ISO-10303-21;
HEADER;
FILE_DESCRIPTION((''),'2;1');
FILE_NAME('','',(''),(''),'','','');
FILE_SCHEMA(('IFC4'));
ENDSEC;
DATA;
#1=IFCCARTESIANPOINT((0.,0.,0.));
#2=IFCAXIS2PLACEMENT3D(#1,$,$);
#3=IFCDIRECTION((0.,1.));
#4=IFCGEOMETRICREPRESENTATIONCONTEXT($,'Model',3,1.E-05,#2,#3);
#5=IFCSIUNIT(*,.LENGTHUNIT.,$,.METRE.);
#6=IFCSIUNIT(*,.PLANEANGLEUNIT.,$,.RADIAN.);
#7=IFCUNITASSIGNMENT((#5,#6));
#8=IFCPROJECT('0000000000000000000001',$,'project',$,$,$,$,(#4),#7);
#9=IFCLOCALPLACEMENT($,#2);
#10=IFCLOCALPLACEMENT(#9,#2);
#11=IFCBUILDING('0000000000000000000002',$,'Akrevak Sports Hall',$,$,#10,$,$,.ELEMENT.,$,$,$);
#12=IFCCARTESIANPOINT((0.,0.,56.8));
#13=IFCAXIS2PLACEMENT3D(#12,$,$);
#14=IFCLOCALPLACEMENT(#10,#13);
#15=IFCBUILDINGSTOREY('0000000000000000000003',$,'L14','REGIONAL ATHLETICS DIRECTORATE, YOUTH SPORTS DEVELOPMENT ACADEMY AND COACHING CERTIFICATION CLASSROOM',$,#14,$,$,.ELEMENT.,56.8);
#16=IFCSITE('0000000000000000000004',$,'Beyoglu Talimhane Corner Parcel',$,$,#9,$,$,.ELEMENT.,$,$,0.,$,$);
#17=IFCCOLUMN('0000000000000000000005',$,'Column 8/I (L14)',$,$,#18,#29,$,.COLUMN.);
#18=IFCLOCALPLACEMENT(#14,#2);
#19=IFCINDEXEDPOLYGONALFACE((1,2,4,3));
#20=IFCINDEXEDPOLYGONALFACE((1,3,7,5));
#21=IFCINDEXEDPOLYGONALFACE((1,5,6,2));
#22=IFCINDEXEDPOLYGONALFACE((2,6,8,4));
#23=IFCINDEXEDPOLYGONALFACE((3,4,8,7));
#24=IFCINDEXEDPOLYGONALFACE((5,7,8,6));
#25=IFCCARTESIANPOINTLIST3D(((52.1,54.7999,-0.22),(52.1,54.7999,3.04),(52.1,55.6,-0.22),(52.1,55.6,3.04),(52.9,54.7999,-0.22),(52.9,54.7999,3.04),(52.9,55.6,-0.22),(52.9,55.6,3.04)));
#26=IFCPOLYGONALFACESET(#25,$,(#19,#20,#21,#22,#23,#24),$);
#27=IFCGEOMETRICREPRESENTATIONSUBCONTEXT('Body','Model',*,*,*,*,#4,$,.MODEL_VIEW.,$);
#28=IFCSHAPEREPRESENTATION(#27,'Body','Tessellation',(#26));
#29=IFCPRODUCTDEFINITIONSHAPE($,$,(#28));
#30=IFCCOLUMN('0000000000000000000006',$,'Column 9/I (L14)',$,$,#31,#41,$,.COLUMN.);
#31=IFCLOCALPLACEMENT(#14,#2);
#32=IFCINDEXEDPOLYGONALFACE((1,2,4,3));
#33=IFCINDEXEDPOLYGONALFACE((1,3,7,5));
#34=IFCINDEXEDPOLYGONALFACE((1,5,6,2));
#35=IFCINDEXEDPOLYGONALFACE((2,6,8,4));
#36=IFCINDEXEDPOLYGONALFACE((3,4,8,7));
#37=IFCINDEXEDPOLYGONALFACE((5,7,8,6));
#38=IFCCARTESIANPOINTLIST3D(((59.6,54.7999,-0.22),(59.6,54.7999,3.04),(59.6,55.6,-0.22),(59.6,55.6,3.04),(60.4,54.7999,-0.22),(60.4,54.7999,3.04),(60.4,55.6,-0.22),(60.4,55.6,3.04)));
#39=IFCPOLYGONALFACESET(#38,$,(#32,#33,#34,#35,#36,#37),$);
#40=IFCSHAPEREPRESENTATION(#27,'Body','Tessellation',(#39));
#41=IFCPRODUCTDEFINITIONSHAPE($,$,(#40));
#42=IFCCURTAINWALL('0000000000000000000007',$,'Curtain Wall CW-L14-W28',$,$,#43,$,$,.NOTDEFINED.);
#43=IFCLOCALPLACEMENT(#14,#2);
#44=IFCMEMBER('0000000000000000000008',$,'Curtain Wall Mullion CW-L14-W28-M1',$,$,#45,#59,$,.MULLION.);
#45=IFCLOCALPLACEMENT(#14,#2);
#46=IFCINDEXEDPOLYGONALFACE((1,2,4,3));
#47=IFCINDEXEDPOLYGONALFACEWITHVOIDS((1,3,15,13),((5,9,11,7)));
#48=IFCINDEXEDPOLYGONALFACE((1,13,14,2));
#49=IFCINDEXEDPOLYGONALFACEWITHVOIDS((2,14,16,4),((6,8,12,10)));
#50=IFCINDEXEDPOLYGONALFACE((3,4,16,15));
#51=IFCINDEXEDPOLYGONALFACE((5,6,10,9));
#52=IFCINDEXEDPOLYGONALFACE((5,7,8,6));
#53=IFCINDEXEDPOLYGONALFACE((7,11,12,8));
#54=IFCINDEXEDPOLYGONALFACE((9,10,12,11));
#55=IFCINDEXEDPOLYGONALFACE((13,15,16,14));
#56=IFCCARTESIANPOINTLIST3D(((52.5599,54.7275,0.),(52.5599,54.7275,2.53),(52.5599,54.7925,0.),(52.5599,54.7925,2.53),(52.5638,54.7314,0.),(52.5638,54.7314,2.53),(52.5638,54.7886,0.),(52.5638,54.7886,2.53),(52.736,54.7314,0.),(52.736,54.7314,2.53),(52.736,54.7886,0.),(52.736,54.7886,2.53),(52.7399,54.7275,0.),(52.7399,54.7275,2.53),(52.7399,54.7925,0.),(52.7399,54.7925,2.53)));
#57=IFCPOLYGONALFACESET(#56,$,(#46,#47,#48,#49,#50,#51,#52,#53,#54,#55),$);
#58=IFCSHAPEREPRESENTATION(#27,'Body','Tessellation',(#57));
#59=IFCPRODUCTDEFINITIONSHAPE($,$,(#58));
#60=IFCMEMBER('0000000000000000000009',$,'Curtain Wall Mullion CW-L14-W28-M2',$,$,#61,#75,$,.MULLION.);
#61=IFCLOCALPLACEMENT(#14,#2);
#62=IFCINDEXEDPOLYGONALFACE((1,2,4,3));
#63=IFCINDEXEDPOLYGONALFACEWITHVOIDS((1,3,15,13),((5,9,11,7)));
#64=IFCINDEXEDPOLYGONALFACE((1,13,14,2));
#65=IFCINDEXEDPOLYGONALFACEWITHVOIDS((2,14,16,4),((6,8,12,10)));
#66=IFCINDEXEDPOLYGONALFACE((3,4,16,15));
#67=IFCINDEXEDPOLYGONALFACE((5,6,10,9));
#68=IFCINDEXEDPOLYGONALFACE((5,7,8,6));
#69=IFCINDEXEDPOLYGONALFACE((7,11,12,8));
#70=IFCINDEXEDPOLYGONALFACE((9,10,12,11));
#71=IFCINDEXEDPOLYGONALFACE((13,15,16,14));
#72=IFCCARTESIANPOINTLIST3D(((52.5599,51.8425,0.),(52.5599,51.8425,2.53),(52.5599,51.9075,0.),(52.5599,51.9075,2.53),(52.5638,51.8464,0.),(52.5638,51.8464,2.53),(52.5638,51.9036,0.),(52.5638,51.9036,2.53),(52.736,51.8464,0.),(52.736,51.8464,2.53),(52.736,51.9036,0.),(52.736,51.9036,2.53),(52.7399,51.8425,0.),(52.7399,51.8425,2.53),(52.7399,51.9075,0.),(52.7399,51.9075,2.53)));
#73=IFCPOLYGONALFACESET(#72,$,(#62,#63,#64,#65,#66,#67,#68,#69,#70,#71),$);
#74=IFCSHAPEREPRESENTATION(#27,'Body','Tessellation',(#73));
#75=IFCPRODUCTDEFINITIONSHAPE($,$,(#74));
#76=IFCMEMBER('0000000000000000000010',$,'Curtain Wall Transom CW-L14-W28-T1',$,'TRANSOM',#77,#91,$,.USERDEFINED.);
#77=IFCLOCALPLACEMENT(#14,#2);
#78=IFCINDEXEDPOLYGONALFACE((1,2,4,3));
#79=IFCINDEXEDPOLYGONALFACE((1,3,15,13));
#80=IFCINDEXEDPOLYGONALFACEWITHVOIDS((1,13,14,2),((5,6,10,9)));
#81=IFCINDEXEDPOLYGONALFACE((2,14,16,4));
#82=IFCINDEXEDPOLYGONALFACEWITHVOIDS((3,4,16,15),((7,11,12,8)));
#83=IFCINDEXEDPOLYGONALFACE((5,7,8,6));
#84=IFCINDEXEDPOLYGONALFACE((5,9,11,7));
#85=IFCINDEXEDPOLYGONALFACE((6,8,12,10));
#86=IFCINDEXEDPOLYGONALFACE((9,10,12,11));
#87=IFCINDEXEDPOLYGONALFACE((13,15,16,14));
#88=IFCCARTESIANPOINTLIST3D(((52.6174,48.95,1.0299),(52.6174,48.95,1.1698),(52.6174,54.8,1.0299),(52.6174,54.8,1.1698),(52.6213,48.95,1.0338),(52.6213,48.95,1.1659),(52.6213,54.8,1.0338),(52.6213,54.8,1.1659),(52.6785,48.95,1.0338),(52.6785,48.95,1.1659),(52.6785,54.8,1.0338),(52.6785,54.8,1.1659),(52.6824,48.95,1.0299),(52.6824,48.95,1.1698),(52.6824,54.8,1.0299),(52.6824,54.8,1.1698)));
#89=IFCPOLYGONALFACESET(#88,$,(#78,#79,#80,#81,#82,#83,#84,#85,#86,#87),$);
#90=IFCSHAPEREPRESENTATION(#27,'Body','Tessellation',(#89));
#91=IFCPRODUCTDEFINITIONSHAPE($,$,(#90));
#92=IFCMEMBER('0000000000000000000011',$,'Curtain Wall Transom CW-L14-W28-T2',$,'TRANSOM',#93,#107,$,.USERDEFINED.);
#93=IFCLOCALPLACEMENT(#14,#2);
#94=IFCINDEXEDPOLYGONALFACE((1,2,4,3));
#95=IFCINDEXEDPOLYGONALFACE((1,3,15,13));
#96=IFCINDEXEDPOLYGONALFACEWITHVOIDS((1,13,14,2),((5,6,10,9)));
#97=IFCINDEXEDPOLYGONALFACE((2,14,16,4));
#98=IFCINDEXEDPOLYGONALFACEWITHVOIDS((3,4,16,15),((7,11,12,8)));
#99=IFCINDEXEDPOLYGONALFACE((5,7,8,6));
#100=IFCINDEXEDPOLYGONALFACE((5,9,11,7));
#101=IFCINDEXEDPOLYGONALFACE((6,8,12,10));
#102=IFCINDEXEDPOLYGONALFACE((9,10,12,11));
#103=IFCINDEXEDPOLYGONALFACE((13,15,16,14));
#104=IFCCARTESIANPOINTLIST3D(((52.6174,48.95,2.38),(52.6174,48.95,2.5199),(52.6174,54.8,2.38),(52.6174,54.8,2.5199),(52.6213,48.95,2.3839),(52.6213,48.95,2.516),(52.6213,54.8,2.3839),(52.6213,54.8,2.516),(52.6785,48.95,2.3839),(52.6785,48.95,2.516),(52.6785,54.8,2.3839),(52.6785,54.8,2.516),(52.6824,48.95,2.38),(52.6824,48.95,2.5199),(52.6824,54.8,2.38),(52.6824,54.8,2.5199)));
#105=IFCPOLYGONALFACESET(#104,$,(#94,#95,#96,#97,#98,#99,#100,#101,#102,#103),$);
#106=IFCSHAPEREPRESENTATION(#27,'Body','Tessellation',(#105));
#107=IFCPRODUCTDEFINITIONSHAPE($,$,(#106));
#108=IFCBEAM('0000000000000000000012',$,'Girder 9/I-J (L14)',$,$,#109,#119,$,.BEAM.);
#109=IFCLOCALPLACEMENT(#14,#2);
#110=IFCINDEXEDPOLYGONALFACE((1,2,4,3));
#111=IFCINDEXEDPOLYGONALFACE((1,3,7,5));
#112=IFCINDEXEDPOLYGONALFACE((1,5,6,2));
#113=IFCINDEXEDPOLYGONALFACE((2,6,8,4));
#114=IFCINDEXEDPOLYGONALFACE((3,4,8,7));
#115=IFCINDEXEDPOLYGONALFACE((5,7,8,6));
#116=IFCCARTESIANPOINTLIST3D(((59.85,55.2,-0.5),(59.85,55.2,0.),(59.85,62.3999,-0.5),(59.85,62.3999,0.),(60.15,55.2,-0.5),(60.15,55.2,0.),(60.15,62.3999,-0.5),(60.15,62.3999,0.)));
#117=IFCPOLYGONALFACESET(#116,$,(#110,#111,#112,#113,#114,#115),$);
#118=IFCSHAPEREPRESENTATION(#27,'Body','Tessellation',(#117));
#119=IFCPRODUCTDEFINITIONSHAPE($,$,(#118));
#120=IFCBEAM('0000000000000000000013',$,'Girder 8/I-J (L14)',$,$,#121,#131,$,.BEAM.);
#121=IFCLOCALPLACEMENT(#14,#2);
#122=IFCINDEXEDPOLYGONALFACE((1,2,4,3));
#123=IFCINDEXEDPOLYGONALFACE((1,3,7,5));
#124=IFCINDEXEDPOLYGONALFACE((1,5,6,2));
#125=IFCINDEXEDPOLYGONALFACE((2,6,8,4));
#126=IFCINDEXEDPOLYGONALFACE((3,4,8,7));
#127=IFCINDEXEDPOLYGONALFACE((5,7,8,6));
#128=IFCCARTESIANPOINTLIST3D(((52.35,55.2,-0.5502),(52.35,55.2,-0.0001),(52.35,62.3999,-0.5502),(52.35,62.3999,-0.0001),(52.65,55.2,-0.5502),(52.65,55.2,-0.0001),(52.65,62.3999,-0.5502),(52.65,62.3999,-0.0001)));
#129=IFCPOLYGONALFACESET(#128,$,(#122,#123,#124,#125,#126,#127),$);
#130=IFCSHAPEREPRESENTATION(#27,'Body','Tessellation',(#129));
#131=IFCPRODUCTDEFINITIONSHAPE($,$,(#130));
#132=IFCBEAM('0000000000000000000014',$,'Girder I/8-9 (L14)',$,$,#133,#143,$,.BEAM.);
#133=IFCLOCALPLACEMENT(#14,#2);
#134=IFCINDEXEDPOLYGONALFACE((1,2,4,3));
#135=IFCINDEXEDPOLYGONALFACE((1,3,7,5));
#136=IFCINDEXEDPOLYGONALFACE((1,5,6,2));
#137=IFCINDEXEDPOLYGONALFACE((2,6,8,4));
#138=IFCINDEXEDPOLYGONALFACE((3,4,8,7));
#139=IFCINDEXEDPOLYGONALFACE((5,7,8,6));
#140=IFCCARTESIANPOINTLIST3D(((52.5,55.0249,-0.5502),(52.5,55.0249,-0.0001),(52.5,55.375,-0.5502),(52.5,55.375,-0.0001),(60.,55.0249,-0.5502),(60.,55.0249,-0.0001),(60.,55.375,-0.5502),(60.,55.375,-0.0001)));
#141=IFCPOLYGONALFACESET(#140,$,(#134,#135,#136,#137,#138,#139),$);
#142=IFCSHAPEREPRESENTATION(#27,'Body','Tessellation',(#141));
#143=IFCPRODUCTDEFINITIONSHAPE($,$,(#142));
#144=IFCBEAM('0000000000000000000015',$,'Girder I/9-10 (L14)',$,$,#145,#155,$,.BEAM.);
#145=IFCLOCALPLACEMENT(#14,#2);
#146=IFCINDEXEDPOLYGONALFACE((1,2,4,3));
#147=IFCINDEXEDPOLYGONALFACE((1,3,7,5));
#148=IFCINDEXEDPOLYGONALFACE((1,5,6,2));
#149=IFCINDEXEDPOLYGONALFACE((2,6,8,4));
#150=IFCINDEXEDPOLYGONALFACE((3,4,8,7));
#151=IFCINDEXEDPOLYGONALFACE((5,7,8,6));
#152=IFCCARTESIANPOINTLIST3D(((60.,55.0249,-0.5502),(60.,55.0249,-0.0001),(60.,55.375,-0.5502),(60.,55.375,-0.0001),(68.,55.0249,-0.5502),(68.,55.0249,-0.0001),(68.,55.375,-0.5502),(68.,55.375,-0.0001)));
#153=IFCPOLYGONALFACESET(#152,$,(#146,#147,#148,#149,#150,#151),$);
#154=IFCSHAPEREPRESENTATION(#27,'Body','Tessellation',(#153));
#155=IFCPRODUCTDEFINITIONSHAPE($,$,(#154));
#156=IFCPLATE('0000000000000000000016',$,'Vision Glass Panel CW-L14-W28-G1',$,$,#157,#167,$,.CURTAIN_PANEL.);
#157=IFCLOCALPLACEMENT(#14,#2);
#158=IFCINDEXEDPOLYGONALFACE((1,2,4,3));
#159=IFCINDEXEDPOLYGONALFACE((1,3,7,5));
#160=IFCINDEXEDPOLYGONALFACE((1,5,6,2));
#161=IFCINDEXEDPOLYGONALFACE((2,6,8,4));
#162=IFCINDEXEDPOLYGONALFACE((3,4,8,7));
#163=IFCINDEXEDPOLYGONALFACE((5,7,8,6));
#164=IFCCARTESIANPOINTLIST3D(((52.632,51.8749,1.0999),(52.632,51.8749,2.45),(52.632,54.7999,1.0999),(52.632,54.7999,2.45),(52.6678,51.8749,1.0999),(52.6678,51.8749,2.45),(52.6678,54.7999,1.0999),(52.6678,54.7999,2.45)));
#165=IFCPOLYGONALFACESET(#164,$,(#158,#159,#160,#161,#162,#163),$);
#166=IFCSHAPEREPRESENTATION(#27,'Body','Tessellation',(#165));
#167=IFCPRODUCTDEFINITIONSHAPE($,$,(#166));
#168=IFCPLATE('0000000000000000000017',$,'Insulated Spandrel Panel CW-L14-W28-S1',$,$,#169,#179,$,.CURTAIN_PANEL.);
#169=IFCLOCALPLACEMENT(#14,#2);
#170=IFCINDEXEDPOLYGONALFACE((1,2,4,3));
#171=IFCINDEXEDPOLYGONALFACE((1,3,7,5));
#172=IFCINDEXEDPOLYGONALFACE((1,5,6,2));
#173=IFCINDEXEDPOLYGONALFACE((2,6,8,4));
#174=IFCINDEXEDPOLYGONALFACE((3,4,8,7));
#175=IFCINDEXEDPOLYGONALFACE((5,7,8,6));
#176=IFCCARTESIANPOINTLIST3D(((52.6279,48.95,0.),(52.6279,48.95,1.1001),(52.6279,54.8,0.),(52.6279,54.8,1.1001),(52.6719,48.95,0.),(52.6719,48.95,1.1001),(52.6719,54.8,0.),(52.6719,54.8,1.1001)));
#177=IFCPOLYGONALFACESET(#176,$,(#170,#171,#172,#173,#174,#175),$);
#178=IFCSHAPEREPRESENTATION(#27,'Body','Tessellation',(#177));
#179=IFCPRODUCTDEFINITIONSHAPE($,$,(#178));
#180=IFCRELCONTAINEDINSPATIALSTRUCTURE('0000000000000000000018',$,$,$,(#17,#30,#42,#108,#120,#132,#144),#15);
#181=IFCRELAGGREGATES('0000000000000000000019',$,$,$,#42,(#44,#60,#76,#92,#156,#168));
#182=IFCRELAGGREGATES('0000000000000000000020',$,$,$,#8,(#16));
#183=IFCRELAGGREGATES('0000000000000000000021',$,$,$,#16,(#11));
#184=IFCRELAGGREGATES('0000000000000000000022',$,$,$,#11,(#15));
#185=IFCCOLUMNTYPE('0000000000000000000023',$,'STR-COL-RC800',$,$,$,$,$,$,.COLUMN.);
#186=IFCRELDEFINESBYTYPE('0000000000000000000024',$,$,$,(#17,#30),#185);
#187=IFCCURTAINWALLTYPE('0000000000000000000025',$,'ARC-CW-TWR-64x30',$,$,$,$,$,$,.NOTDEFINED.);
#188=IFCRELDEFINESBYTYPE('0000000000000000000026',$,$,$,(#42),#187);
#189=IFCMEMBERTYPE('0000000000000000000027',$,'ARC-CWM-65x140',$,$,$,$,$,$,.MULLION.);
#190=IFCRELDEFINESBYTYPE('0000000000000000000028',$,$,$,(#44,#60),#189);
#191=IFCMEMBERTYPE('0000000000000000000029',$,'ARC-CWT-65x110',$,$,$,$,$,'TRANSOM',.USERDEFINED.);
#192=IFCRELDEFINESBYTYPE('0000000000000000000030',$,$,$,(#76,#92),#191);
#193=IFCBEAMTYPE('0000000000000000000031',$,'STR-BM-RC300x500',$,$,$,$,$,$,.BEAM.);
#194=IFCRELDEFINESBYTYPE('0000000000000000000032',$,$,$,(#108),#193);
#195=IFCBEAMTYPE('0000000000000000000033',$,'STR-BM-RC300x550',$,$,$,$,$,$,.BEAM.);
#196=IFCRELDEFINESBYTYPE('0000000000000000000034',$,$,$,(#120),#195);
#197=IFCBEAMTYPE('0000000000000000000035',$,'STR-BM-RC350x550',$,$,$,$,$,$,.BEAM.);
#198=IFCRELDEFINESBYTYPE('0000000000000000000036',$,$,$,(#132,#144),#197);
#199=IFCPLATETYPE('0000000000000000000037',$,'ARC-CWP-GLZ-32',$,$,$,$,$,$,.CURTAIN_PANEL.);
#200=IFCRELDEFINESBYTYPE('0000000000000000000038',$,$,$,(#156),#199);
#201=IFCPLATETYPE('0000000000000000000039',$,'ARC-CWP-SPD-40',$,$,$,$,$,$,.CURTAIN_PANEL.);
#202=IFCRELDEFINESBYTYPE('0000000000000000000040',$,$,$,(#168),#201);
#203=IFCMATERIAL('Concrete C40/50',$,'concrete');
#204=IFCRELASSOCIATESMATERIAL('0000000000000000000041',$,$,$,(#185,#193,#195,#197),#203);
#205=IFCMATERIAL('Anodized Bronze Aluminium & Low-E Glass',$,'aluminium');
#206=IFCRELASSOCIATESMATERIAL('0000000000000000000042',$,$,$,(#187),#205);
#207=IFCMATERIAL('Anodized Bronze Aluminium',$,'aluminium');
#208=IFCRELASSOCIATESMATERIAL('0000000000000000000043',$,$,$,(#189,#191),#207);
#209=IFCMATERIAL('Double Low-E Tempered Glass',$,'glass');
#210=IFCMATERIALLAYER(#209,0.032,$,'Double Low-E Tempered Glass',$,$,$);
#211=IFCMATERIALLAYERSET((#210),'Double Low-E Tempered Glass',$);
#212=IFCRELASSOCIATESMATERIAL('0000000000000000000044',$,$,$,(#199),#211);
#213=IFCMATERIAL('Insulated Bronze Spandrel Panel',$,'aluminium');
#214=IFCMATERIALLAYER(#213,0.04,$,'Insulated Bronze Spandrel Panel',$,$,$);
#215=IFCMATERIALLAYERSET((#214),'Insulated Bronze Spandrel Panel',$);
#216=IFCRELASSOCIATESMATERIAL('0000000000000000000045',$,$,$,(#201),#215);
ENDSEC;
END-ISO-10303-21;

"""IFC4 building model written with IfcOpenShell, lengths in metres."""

from ifc_helpers import new_model, si_unit, direction, frame, origin, origin_2d, place, context, subcontext, project, spatial, rectangle, hollow_rectangle, extrude, material, layer, layer_set, material_profile, profile_set, type_object, element, aggregate, save


model = new_model("IFC4")

# Units and contexts
model_context = context("Model", 3, precision=1e-05, world=origin(), true_north=direction((0.0, 1.0)))
body_context = subcontext(model_context, "Body", "Model", "MODEL_VIEW")
ifc_project = project(units=[si_unit("LENGTHUNIT", "METRE"), si_unit("PLANEANGLEUNIT", "RADIAN")], contexts=[model_context])

# Site, building, storey
site_placement = place(None, origin())
site = spatial("IfcSite", under=ifc_project, at=site_placement, Name="Beyoglu Talimhane Corner Parcel", CompositionType="ELEMENT", RefElevation=0.0)
building_placement = place(site_placement, origin())
building = spatial("IfcBuilding", under=site, at=building_placement, Name="Akrevak Sports Hall", CompositionType="ELEMENT")
storey_placement = place(building_placement, frame((0.0, 0.0, 56.8)))
storey = spatial("IfcBuildingStorey", under=building, at=storey_placement, Name="L14", Description="REGIONAL ATHLETICS DIRECTORATE, YOUTH SPORTS DEVELOPMENT ACADEMY AND COACHING CERTIFICATION CLASSROOM", CompositionType="ELEMENT", Elevation=56.8)

# Columns
ifc_material_1 = material(Name="Concrete C40/50", Category="concrete")
ifc_material_profile_1 = material_profile(ifc_material_1, rectangle(XDim=0.8, YDim=0.8, at=origin_2d()), Name="RC 800x800", Category="concrete")
ifc_profile_set_1 = profile_set([ifc_material_profile_1], Name="Concrete C40/50")
column_type = type_object("IfcColumnType", Name="STR-COL-RC800", PredefinedType="COLUMN", material=ifc_profile_set_1)
for number, where, z_axis, x_axis, name in (
    (1, (52.5, 55.2, -0.22), (0.0, 0.0, 1.0), (1.0, 0.0, 0.0), "Column 8/I (L14)"),
    (2, (60.0, 55.2, -0.22), (0.0, 0.0, 1.0), (1.0, 0.0, 0.0), "Column 9/I (L14)"),
):
    element("IfcColumn", number, at=place(storey_placement, frame(where, z_axis=z_axis, x_axis=x_axis)), inside=storey, type_object=column_type, Name=name, PredefinedType="COLUMN", context=body_context, shape_type="SweptSolid", body=[
        extrude(rectangle(XDim=0.8, YDim=0.8, at=origin_2d()), origin(), (0.0, 0.0, 1.0), 3.26),
    ])

# Curtain wall, members
ifc_material_2 = material(Name="Anodized Bronze Aluminium & Low-E Glass", Category="aluminium")
curtain_wall_type = type_object("IfcCurtainWallType", Name="ARC-CW-TWR-64x30", PredefinedType="NOTDEFINED", material=ifc_material_2)
curtain_wall_placement = place(storey_placement, origin())
curtain_wall = element("IfcCurtainWall", 3, at=curtain_wall_placement, inside=storey, type_object=curtain_wall_type, Name="Curtain Wall CW-L14-W28", PredefinedType="NOTDEFINED")
ifc_material_3 = material(Name="Anodized Bronze Aluminium", Category="aluminium")
ifc_material_profile_2 = material_profile(ifc_material_3, hollow_rectangle(XDim=0.0649, YDim=0.1799, WallThickness=0.0039, at=origin_2d()), Name="CWM 65x180", Category="aluminium")
ifc_profile_set_2 = profile_set([ifc_material_profile_2], Name="Anodized Bronze Aluminium")
member_type_1 = type_object("IfcMemberType", Name="ARC-CWM-65x140", PredefinedType="MULLION", material=ifc_profile_set_2)
member_1_placement = place(storey_placement, frame((52.6499, 54.76, 0.0), z_axis=(0.0, 0.0, 1.0), x_axis=(0.0, -1.0, 0.0)))
member_1 = element("IfcMember", 4, at=member_1_placement, type_object=member_type_1, Name="Curtain Wall Mullion CW-L14-W28-M1", PredefinedType="MULLION", context=body_context, shape_type="SweptSolid", body=[
    extrude(hollow_rectangle(XDim=0.0649, YDim=0.1799, WallThickness=0.0039, at=origin_2d()), origin(), (0.0, 0.0, 1.0), 2.53),
])
member_2_placement = place(storey_placement, frame((52.6499, 51.875, 0.0), z_axis=(0.0, 0.0, 1.0), x_axis=(0.0, -1.0, 0.0)))
member_2 = element("IfcMember", 5, at=member_2_placement, type_object=member_type_1, Name="Curtain Wall Mullion CW-L14-W28-M2", PredefinedType="MULLION", context=body_context, shape_type="SweptSolid", body=[
    extrude(hollow_rectangle(XDim=0.0649, YDim=0.1799, WallThickness=0.0039, at=origin_2d()), origin(), (0.0, 0.0, 1.0), 2.53),
])
ifc_material_profile_3 = material_profile(ifc_material_3, hollow_rectangle(XDim=0.0649, YDim=0.1399, WallThickness=0.0039, at=origin_2d()), Name="CWT 65x140", Category="aluminium")
ifc_profile_set_3 = profile_set([ifc_material_profile_3], Name="Anodized Bronze Aluminium")
member_type_2 = type_object("IfcMemberType", Name="ARC-CWT-65x110", ElementType="TRANSOM", PredefinedType="USERDEFINED", material=ifc_profile_set_3)
member_3_placement = place(storey_placement, frame((52.6499, 54.8, 1.0999), z_axis=(0.0, -1.0, 0.0), x_axis=(1.0, 0.0, 0.0)))
member_3 = element("IfcMember", 6, at=member_3_placement, type_object=member_type_2, Name="Curtain Wall Transom CW-L14-W28-T1", ObjectType="TRANSOM", PredefinedType="USERDEFINED", context=body_context, shape_type="SweptSolid", body=[
    extrude(hollow_rectangle(XDim=0.0649, YDim=0.1399, WallThickness=0.0039, at=origin_2d()), origin(), (0.0, 0.0, 1.0), 5.8501),
])
member_4_placement = place(storey_placement, frame((52.6499, 54.8, 2.45), z_axis=(0.0, -1.0, 0.0), x_axis=(1.0, 0.0, 0.0)))
member_4 = element("IfcMember", 7, at=member_4_placement, type_object=member_type_2, Name="Curtain Wall Transom CW-L14-W28-T2", ObjectType="TRANSOM", PredefinedType="USERDEFINED", context=body_context, shape_type="SweptSolid", body=[
    extrude(hollow_rectangle(XDim=0.0649, YDim=0.1399, WallThickness=0.0039, at=origin_2d()), origin(), (0.0, 0.0, 1.0), 5.8501),
])

# Beams
ifc_material_profile_4 = material_profile(ifc_material_1, rectangle(XDim=0.3, YDim=0.5, at=origin_2d()), Name="BM 300x500", Category="concrete")
ifc_profile_set_4 = profile_set([ifc_material_profile_4], Name="Concrete C40/50")
beam_type_1 = type_object("IfcBeamType", Name="STR-BM-RC300x500", PredefinedType="BEAM", material=ifc_profile_set_4)
beam_1_placement = place(storey_placement, frame((60.0, 55.2, -0.25), z_axis=(0.0, 1.0, 0.0), x_axis=(-1.0, 0.0, 0.0)))
element("IfcBeam", 8, at=beam_1_placement, inside=storey, type_object=beam_type_1, Name="Girder 9/I-J (L14)", PredefinedType="BEAM", context=body_context, shape_type="SweptSolid", body=[
    extrude(rectangle(XDim=0.3, YDim=0.5, at=origin_2d()), origin(), (0.0, 0.0, 1.0), 7.2),
])
ifc_material_profile_5 = material_profile(ifc_material_1, rectangle(XDim=0.3, YDim=0.55, at=origin_2d()), Name="BM 300x550", Category="concrete")
ifc_profile_set_5 = profile_set([ifc_material_profile_5], Name="Concrete C40/50")
beam_type_2 = type_object("IfcBeamType", Name="STR-BM-RC300x550", PredefinedType="BEAM", material=ifc_profile_set_5)
beam_2_placement = place(storey_placement, frame((52.5, 55.2, -0.2751), z_axis=(0.0, 1.0, 0.0), x_axis=(-1.0, 0.0, 0.0)))
element("IfcBeam", 9, at=beam_2_placement, inside=storey, type_object=beam_type_2, Name="Girder 8/I-J (L14)", PredefinedType="BEAM", context=body_context, shape_type="SweptSolid", body=[
    extrude(rectangle(XDim=0.3, YDim=0.55, at=origin_2d()), origin(), (0.0, 0.0, 1.0), 7.2),
])
ifc_material_profile_6 = material_profile(ifc_material_1, rectangle(XDim=0.3501, YDim=0.55, at=origin_2d()), Name="BM 350x550", Category="concrete")
ifc_profile_set_6 = profile_set([ifc_material_profile_6], Name="Concrete C40/50")
beam_type_3 = type_object("IfcBeamType", Name="STR-BM-RC350x550", PredefinedType="BEAM", material=ifc_profile_set_6)
beam_3_placement = place(storey_placement, frame((52.5, 55.2, -0.2751), z_axis=(1.0, 0.0, 0.0), x_axis=(0.0, 1.0, 0.0)))
element("IfcBeam", 10, at=beam_3_placement, inside=storey, type_object=beam_type_3, Name="Girder I/8-9 (L14)", PredefinedType="BEAM", context=body_context, shape_type="SweptSolid", body=[
    extrude(rectangle(XDim=0.3501, YDim=0.55, at=origin_2d()), origin(), (0.0, 0.0, 1.0), 7.5),
])
beam_4_placement = place(storey_placement, frame((60.0, 55.2, -0.2751), z_axis=(1.0, 0.0, 0.0), x_axis=(0.0, 1.0, 0.0)))
element("IfcBeam", 11, at=beam_4_placement, inside=storey, type_object=beam_type_3, Name="Girder I/9-10 (L14)", PredefinedType="BEAM", context=body_context, shape_type="SweptSolid", body=[
    extrude(rectangle(XDim=0.3501, YDim=0.55, at=origin_2d()), origin(), (0.0, 0.0, 1.0), 8.0),
])

# Plates
ifc_material_4 = material(Name="Double Low-E Tempered Glass", Category="glass")
ifc_layer_1 = layer(ifc_material_4, 0.032, Name="Double Low-E Tempered Glass")
ifc_layer_set_1 = layer_set([ifc_layer_1], Name="Double Low-E Tempered Glass")
plate_type_1 = type_object("IfcPlateType", Name="ARC-CWP-GLZ-32", PredefinedType="CURTAIN_PANEL", material=ifc_layer_set_1)
plate_1_placement = place(storey_placement, frame((52.6499, 53.3374, 1.0999), z_axis=(0.0, 0.0, 1.0), x_axis=(0.0, -1.0, 0.0)))
plate_1 = element("IfcPlate", 12, at=plate_1_placement, type_object=plate_type_1, Name="Vision Glass Panel CW-L14-W28-G1", PredefinedType="CURTAIN_PANEL", context=body_context, shape_type="SweptSolid", body=[
    extrude(rectangle(XDim=2.925, YDim=0.0359, at=origin_2d()), origin(), (0.0, 0.0, 1.0), 1.3501),
])
ifc_material_5 = material(Name="Insulated Bronze Spandrel Panel", Category="aluminium")
ifc_layer_2 = layer(ifc_material_5, 0.04, Name="Insulated Bronze Spandrel Panel")
ifc_layer_set_2 = layer_set([ifc_layer_2], Name="Insulated Bronze Spandrel Panel")
plate_type_2 = type_object("IfcPlateType", Name="ARC-CWP-SPD-40", PredefinedType="CURTAIN_PANEL", material=ifc_layer_set_2)
plate_2_placement = place(storey_placement, frame((52.6499, 51.875, 0.0), z_axis=(0.0, 0.0, 1.0), x_axis=(0.0, -1.0, 0.0)))
plate_2 = element("IfcPlate", 13, at=plate_2_placement, type_object=plate_type_2, Name="Insulated Spandrel Panel CW-L14-W28-S1", PredefinedType="CURTAIN_PANEL", context=body_context, shape_type="SweptSolid", body=[
    extrude(rectangle(XDim=5.8501, YDim=0.0439, at=origin_2d()), origin(), (0.0, 0.0, 1.0), 1.1001),
])
aggregate(curtain_wall, [member_1, member_2, member_3, member_4, plate_1, plate_2])

save(model, "model.ifc")
